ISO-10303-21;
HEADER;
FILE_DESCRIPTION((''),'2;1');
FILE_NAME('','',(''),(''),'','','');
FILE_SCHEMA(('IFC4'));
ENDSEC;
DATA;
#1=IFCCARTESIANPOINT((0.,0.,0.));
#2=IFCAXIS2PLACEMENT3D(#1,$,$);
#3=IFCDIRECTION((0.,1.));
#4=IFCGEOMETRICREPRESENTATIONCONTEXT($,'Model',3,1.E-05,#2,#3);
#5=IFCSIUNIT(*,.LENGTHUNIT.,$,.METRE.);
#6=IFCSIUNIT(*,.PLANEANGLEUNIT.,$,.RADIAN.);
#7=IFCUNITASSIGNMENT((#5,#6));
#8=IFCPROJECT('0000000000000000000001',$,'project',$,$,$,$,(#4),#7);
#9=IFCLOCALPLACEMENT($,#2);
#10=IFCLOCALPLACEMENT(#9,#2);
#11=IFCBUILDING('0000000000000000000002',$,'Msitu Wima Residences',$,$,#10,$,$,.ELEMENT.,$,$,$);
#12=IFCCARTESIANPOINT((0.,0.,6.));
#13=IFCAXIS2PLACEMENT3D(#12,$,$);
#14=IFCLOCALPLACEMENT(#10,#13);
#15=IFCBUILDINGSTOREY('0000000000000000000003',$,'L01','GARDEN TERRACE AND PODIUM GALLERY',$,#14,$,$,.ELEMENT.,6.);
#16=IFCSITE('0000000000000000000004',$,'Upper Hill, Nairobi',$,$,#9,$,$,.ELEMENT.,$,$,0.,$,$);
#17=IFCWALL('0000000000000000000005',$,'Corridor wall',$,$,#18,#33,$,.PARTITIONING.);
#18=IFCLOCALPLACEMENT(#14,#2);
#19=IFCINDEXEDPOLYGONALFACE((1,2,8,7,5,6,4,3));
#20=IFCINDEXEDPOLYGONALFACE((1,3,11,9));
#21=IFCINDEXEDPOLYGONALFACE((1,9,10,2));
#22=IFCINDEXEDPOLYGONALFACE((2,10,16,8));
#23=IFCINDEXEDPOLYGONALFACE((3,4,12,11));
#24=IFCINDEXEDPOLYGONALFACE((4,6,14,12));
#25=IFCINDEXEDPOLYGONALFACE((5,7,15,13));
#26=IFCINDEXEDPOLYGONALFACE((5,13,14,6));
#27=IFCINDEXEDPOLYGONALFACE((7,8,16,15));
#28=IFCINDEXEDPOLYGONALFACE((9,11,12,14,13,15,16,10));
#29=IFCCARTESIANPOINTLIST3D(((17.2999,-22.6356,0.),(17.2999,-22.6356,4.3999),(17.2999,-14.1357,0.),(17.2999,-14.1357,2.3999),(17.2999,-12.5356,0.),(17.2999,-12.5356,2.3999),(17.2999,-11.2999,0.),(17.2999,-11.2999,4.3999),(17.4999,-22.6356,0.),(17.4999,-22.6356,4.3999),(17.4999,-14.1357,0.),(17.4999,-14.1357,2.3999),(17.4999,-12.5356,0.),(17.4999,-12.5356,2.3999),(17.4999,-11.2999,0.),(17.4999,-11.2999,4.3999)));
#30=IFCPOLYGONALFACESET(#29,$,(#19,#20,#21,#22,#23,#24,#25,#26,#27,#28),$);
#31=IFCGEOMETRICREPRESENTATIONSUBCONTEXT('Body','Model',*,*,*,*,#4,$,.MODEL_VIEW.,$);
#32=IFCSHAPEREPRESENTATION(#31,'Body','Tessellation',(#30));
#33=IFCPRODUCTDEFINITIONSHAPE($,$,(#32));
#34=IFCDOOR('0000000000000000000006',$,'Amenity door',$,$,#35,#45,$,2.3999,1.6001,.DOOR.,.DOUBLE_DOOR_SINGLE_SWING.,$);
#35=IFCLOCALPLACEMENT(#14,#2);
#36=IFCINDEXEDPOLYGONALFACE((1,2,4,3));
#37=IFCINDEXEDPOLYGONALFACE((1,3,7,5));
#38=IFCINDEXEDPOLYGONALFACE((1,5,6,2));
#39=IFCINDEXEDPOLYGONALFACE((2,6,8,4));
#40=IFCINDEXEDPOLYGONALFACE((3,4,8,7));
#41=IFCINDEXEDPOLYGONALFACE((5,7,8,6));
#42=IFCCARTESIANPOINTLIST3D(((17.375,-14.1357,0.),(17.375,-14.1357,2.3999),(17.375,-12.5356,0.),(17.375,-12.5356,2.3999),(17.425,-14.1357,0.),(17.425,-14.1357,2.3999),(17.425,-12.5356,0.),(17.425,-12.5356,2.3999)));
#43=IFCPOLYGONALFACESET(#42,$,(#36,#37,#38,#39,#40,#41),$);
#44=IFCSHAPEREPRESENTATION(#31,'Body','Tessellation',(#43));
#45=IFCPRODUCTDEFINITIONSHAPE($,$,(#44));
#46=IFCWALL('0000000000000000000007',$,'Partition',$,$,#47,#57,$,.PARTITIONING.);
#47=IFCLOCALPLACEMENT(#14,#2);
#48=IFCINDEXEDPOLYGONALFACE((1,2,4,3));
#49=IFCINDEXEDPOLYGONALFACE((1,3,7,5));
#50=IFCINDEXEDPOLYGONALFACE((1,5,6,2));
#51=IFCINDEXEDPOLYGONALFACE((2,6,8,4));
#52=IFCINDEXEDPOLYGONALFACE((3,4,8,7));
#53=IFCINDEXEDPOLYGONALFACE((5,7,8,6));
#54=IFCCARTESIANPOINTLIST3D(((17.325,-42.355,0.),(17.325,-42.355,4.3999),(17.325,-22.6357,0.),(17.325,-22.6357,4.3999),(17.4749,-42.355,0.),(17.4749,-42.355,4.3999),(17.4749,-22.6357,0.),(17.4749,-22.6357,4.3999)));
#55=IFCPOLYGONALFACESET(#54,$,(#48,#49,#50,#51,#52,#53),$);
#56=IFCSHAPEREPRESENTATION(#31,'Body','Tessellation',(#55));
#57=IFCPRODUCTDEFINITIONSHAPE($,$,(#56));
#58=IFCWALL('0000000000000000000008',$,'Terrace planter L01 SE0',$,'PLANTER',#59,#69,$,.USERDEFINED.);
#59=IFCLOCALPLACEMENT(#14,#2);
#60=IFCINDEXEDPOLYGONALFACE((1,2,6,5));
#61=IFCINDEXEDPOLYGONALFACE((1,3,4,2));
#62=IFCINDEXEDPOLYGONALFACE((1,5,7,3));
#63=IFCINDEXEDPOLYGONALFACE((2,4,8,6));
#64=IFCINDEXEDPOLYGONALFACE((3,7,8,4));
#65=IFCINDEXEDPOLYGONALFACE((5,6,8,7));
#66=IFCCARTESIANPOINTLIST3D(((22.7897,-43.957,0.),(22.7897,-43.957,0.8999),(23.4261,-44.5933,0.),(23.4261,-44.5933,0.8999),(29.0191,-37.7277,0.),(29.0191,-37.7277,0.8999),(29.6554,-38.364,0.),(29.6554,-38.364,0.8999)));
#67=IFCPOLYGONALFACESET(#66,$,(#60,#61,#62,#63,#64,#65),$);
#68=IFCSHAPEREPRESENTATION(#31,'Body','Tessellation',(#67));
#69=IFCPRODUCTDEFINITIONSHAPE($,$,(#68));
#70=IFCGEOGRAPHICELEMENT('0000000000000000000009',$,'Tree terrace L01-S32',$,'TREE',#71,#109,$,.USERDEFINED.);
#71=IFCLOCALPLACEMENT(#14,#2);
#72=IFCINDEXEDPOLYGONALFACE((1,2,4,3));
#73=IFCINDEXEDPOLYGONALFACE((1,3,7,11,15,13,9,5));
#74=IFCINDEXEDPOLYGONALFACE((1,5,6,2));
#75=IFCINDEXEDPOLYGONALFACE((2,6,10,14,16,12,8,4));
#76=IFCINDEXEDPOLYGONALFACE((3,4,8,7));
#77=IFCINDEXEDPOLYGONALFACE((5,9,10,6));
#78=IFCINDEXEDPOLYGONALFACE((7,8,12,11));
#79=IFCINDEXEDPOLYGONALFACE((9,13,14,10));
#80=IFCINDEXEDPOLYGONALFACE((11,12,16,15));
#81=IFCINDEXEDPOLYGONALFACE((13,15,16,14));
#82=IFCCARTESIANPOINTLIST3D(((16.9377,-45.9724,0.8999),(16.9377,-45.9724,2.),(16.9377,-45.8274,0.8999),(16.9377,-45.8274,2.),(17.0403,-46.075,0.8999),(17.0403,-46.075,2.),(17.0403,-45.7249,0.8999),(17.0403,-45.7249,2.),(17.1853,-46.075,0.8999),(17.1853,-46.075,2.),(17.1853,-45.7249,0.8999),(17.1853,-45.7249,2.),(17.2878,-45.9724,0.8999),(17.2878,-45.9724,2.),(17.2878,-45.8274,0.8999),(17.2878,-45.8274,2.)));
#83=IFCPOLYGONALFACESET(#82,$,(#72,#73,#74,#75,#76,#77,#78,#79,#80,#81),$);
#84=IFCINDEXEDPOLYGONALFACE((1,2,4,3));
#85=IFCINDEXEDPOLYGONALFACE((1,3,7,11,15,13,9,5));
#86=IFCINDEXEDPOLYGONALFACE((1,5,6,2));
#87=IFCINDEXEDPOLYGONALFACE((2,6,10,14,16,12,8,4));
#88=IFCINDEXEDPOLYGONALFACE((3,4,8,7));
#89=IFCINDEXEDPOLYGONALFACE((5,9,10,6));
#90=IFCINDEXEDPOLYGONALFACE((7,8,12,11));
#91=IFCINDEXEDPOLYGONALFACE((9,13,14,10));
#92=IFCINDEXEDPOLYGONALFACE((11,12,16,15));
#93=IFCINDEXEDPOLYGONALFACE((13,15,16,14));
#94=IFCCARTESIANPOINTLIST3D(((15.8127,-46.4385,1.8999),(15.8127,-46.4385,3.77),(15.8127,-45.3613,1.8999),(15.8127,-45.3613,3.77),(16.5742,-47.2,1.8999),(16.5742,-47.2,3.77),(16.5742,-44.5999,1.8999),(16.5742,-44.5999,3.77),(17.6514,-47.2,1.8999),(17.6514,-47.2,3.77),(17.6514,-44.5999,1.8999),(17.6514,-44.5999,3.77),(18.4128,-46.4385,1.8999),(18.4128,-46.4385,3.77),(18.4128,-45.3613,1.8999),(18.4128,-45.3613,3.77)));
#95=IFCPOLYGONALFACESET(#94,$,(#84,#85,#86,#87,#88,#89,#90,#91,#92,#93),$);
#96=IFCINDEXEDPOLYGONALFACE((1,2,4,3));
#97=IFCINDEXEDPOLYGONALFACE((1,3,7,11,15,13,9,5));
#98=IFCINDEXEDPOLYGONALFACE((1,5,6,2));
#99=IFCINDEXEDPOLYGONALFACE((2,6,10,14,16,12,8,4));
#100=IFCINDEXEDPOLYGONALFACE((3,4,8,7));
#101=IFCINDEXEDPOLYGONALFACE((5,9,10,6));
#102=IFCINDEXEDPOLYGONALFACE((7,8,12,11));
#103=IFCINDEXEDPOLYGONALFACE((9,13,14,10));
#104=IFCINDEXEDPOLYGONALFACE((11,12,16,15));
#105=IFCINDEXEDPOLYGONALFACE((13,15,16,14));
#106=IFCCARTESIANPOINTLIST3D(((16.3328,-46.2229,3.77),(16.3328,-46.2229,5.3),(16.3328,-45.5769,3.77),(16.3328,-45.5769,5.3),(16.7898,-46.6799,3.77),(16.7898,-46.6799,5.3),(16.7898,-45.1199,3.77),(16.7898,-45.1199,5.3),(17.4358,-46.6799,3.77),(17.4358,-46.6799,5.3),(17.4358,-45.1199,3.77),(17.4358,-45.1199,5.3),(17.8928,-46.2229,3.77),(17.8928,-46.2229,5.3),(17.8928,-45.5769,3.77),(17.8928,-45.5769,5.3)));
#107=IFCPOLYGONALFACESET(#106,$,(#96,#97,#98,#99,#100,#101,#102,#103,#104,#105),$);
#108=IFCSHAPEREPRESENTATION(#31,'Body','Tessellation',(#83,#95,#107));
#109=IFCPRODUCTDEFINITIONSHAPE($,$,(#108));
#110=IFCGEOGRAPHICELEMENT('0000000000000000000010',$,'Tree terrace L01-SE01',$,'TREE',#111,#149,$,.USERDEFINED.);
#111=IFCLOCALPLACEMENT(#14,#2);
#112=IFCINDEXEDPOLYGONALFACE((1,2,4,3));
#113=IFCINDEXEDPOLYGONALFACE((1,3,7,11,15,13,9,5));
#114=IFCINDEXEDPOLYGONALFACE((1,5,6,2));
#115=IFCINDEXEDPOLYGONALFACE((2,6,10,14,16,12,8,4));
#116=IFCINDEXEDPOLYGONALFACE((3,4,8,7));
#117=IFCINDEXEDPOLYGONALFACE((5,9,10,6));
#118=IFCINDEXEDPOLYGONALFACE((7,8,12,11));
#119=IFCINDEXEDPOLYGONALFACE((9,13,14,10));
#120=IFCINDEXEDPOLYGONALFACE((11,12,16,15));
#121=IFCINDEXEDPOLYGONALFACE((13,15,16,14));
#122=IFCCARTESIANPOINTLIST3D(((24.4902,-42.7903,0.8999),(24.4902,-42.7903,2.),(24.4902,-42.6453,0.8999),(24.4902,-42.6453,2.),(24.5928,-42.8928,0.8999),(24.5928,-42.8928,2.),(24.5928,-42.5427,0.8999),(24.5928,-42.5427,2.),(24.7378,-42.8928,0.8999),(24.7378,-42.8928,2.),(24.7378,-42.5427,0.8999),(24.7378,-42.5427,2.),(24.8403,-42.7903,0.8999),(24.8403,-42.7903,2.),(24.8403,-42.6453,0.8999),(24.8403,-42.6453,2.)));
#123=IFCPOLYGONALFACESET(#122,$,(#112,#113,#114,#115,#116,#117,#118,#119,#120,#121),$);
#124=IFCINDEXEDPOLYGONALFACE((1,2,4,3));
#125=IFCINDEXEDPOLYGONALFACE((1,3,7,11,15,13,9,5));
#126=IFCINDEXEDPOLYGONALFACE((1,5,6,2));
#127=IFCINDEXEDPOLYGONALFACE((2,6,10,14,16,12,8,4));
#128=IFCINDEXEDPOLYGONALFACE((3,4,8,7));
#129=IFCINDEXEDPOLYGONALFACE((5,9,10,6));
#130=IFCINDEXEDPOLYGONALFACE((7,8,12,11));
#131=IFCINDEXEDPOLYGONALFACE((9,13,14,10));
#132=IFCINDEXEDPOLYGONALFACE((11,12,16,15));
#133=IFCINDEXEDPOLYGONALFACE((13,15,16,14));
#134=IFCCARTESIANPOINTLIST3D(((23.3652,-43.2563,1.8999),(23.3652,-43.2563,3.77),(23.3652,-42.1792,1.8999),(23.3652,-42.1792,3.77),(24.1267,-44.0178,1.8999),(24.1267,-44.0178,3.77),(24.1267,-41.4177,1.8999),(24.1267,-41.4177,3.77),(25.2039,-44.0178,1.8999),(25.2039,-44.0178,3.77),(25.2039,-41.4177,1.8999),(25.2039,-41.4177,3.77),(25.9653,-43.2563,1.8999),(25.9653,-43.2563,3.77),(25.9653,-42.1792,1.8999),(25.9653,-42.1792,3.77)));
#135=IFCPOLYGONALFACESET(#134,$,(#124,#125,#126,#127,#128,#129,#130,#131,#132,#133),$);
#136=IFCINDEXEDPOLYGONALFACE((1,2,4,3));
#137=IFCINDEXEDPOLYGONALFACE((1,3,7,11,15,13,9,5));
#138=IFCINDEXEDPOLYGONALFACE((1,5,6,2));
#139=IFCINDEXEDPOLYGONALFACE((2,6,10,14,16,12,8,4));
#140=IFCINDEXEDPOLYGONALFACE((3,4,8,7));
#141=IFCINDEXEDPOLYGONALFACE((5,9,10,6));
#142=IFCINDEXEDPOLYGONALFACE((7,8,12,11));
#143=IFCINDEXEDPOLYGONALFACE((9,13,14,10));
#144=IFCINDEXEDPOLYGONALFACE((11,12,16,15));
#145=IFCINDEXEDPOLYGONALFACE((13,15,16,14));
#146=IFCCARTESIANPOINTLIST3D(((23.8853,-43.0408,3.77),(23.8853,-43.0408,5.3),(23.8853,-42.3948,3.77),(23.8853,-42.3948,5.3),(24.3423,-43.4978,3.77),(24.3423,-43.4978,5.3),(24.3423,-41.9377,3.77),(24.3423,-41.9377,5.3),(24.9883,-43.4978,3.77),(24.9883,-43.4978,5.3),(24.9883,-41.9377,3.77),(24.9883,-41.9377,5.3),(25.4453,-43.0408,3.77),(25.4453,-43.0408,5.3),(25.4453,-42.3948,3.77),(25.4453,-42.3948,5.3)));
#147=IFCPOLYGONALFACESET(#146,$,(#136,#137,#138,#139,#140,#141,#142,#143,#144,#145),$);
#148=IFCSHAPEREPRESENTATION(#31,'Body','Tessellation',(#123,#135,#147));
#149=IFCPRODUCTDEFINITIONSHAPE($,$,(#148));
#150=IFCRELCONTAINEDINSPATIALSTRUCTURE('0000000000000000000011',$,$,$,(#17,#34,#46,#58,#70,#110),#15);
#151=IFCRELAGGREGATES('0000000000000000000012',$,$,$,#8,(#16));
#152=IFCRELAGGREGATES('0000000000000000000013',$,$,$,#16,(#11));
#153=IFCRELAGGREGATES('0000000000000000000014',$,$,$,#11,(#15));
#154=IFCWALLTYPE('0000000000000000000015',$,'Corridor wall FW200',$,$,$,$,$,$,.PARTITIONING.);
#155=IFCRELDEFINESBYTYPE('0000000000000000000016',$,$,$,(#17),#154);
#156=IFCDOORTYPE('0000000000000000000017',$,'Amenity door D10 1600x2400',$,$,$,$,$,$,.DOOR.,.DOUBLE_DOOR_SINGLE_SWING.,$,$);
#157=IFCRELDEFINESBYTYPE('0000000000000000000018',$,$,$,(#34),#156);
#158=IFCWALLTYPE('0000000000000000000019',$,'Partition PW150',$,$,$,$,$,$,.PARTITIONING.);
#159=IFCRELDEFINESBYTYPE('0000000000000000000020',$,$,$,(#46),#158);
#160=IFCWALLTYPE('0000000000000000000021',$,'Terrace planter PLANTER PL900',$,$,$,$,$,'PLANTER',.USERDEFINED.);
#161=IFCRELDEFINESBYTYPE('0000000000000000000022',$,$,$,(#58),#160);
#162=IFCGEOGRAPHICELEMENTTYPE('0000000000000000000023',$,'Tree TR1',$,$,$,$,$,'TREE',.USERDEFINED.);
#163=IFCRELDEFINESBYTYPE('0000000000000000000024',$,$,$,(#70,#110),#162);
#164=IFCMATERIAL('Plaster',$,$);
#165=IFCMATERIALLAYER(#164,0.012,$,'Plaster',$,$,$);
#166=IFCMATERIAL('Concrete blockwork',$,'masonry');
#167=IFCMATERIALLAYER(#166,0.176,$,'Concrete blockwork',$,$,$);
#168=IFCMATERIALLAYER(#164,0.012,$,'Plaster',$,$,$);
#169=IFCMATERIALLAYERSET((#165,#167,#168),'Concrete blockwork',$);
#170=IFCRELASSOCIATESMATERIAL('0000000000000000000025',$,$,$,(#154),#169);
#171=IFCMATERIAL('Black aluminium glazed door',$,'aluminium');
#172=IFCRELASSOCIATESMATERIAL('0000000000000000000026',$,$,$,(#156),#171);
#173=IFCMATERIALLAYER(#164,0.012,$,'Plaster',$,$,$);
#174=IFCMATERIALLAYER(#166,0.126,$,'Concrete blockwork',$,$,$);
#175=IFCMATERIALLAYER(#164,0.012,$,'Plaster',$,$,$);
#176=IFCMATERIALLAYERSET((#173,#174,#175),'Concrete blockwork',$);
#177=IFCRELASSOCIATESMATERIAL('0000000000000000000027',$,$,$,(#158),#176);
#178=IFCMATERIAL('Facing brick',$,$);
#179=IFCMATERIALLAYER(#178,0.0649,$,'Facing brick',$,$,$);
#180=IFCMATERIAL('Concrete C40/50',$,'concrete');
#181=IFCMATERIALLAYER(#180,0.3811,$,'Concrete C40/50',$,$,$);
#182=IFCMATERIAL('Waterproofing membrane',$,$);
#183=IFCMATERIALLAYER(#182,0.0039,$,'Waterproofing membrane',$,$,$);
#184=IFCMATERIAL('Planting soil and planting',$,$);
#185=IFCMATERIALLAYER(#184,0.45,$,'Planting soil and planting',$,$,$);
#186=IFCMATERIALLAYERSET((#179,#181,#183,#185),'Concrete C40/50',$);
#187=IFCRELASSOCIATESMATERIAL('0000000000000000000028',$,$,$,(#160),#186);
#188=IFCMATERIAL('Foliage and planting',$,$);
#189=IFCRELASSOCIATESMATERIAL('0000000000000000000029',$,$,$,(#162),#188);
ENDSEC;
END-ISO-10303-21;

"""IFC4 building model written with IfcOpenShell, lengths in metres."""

from ifc_helpers import new_model, si_unit, direction, frame, frame_2d, origin, place, context, subcontext, project, spatial, polyline, rectangle, outline, extrude, material, layer, layer_set, type_object, element, fill, save


model = new_model("IFC4")

# Units and contexts
model_context = context("Model", 3, precision=1e-05, world=origin(), true_north=direction((0.0, 1.0)))
body_context = subcontext(model_context, "Body", "Model", "MODEL_VIEW")
ifc_project = project(units=[si_unit("LENGTHUNIT", "METRE"), si_unit("PLANEANGLEUNIT", "RADIAN")], contexts=[model_context])

# Site, building, storey
site_placement = place(None, origin())
site = spatial("IfcSite", under=ifc_project, at=site_placement, Name="Upper Hill, Nairobi", CompositionType="ELEMENT", RefElevation=0.0)
building_placement = place(site_placement, origin())
building = spatial("IfcBuilding", under=site, at=building_placement, Name="Msitu Wima Residences", CompositionType="ELEMENT")
storey_placement = place(building_placement, frame((0.0, 0.0, 6.0)))
storey = spatial("IfcBuildingStorey", under=building, at=storey_placement, Name="L01", Description="GARDEN TERRACE AND PODIUM GALLERY", CompositionType="ELEMENT", Elevation=6.0)

# Wall, opening, door
ifc_material_1 = material(Name="Plaster")
ifc_layer_1 = layer(ifc_material_1, 0.012, Name="Plaster")
ifc_material_2 = material(Name="Concrete blockwork", Category="masonry")
ifc_layer_2 = layer(ifc_material_2, 0.176, Name="Concrete blockwork")
ifc_layer_3 = layer(ifc_material_1, 0.012, Name="Plaster")
ifc_layer_set_1 = layer_set([ifc_layer_1, ifc_layer_2, ifc_layer_3], Name="Concrete blockwork")
wall_type_1 = type_object("IfcWallType", Name="Corridor wall FW200", PredefinedType="PARTITIONING", material=ifc_layer_set_1)
wall_1_placement = place(storey_placement, frame((17.3999, -22.6357, 0.0), z_axis=(0.0, 0.0, 1.0), x_axis=(0.0, 1.0, 0.0)))
wall_1 = element("IfcWall", 1, at=wall_1_placement, inside=storey, type_object=wall_type_1, Name="Corridor wall", PredefinedType="PARTITIONING", context=body_context, shape_type="SweptSolid", body=[
    extrude(rectangle(XDim=11.3357, YDim=0.2, at=frame_2d((5.668, 0.0))), origin(), (0.0, 0.0, 1.0), 4.3999),
])
opening_1_placement = place(wall_1_placement, frame((8.5, 0.0, 0.0)))
opening_1 = element("IfcOpeningElement", 2, at=opening_1_placement, cuts=wall_1, PredefinedType="OPENING", context=body_context, shape_type="SweptSolid", body=[
    extrude(rectangle(XDim=1.6001, YDim=2.3999, at=frame_2d((0.8, 1.2))), frame((0.0, 0.1099, 0.0), z_axis=(0.0, -1.0, 0.0), x_axis=(1.0, 0.0, 0.0)), (0.0, 0.0, 1.0), 0.22),
])
ifc_material_3 = material(Name="Black aluminium glazed door", Category="aluminium")
door_type_1 = type_object("IfcDoorType", Name="Amenity door D10 1600x2400", OperationType="DOUBLE_DOOR_SINGLE_SWING", PredefinedType="DOOR", material=ifc_material_3)
door_1_placement = place(opening_1_placement, origin())
door_1 = element("IfcDoor", 3, at=door_1_placement, inside=storey, type_object=door_type_1, Name="Amenity door", OperationType="DOUBLE_DOOR_SINGLE_SWING", OverallHeight=2.3999, OverallWidth=1.6001, PredefinedType="DOOR", context=body_context, shape_type="SweptSolid", body=[
    extrude(rectangle(XDim=1.6001, YDim=2.3999, at=frame_2d((0.8, 1.2))), frame((0.0, 0.0249, 0.0), z_axis=(0.0, -1.0, 0.0), x_axis=(1.0, 0.0, 0.0)), (0.0, 0.0, 1.0), 0.05),
])
fill(opening_1, door_1)

# Walls
ifc_layer_4 = layer(ifc_material_1, 0.012, Name="Plaster")
ifc_layer_5 = layer(ifc_material_2, 0.126, Name="Concrete blockwork")
ifc_layer_6 = layer(ifc_material_1, 0.012, Name="Plaster")
ifc_layer_set_2 = layer_set([ifc_layer_4, ifc_layer_5, ifc_layer_6], Name="Concrete blockwork")
wall_type_2 = type_object("IfcWallType", Name="Partition PW150", PredefinedType="PARTITIONING", material=ifc_layer_set_2)
wall_2_placement = place(storey_placement, frame((17.3999, -42.355, 0.0), z_axis=(0.0, 0.0, 1.0), x_axis=(0.0, 1.0, 0.0)))
element("IfcWall", 4, at=wall_2_placement, inside=storey, type_object=wall_type_2, Name="Partition", PredefinedType="PARTITIONING", context=body_context, shape_type="SweptSolid", body=[
    extrude(rectangle(XDim=19.7192, YDim=0.1499, at=frame_2d((9.8596, 0.0))), origin(), (0.0, 0.0, 1.0), 4.3999),
])
ifc_material_4 = material(Name="Facing brick")
ifc_layer_7 = layer(ifc_material_4, 0.0649, Name="Facing brick")
ifc_material_5 = material(Name="Concrete C40/50", Category="concrete")
ifc_layer_8 = layer(ifc_material_5, 0.3811, Name="Concrete C40/50")
ifc_material_6 = material(Name="Waterproofing membrane")
ifc_layer_9 = layer(ifc_material_6, 0.0039, Name="Waterproofing membrane")
ifc_material_7 = material(Name="Planting soil and planting")
ifc_layer_10 = layer(ifc_material_7, 0.45, Name="Planting soil and planting")
ifc_layer_set_3 = layer_set([ifc_layer_7, ifc_layer_8, ifc_layer_9, ifc_layer_10], Name="Concrete C40/50")
wall_type_3 = type_object("IfcWallType", Name="Terrace planter PLANTER PL900", ElementType="PLANTER", PredefinedType="USERDEFINED", material=ifc_layer_set_3)
wall_3_placement = place(storey_placement, frame((23.1079, -44.2751, 0.0), z_axis=(0.0, 0.0, 1.0), x_axis=(0.707107, 0.707107, 0.0)))
element("IfcWall", 5, at=wall_3_placement, inside=storey, type_object=wall_type_3, Name="Terrace planter L01 SE0", ObjectType="PLANTER", PredefinedType="USERDEFINED", context=body_context, shape_type="SweptSolid", body=[
    extrude(rectangle(XDim=8.8096, YDim=0.8999, at=frame_2d((4.4048, 0.0))), origin(), (0.0, 0.0, 1.0), 0.8999),
])

# Geographic elements
ifc_material_8 = material(Name="Foliage and planting")
geographic_element_type = type_object("IfcGeographicElementType", Name="Tree TR1", ElementType="TREE", PredefinedType="USERDEFINED", material=ifc_material_8)
for number, where, z_axis, x_axis, name in (
    (6, (17.1128, -45.8999, 0.8999), (0.0, 0.0, 1.0), (1.0, 0.0, 0.0), "Tree terrace L01-S32"),
    (7, (24.6653, -42.7178, 0.8999), (0.0, 0.0, 1.0), (1.0, 0.0, 0.0), "Tree terrace L01-SE01"),
):
    element("IfcGeographicElement", number, at=place(storey_placement, frame(where, z_axis=z_axis, x_axis=x_axis)), inside=storey, type_object=geographic_element_type, Name=name, ObjectType="TREE", PredefinedType="USERDEFINED", context=body_context, shape_type="SweptSolid", body=[
        extrude(outline(polyline([(0.175, 0.0725), (0.0725, 0.175), (-0.0725, 0.175), (-0.175, 0.0725), (-0.175, -0.0725), (-0.0725, -0.175), (0.0725, -0.175), (0.175, -0.0725), (0.175, 0.0725)])), origin(), (0.0, 0.0, 1.0), 1.1001),
        extrude(outline(polyline([(1.3, 0.5386), (0.5386, 1.3), (-0.5386, 1.3), (-1.3, 0.5386), (-1.3, -0.5386), (-0.5386, -1.3), (0.5386, -1.3), (1.3, -0.5386), (1.3, 0.5386)])), frame((0.0, 0.0, 1.0)), (0.0, 0.0, 1.0), 1.8701),
        extrude(outline(polyline([(0.78, 0.323), (0.323, 0.78), (-0.323, 0.78), (-0.78, 0.323), (-0.78, -0.323), (-0.323, -0.78), (0.323, -0.78), (0.78, -0.323), (0.78, 0.323)])), frame((0.0, 0.0, 2.8701)), (0.0, 0.0, 1.0), 1.53),
    ])

save(model, "model.ifc")
